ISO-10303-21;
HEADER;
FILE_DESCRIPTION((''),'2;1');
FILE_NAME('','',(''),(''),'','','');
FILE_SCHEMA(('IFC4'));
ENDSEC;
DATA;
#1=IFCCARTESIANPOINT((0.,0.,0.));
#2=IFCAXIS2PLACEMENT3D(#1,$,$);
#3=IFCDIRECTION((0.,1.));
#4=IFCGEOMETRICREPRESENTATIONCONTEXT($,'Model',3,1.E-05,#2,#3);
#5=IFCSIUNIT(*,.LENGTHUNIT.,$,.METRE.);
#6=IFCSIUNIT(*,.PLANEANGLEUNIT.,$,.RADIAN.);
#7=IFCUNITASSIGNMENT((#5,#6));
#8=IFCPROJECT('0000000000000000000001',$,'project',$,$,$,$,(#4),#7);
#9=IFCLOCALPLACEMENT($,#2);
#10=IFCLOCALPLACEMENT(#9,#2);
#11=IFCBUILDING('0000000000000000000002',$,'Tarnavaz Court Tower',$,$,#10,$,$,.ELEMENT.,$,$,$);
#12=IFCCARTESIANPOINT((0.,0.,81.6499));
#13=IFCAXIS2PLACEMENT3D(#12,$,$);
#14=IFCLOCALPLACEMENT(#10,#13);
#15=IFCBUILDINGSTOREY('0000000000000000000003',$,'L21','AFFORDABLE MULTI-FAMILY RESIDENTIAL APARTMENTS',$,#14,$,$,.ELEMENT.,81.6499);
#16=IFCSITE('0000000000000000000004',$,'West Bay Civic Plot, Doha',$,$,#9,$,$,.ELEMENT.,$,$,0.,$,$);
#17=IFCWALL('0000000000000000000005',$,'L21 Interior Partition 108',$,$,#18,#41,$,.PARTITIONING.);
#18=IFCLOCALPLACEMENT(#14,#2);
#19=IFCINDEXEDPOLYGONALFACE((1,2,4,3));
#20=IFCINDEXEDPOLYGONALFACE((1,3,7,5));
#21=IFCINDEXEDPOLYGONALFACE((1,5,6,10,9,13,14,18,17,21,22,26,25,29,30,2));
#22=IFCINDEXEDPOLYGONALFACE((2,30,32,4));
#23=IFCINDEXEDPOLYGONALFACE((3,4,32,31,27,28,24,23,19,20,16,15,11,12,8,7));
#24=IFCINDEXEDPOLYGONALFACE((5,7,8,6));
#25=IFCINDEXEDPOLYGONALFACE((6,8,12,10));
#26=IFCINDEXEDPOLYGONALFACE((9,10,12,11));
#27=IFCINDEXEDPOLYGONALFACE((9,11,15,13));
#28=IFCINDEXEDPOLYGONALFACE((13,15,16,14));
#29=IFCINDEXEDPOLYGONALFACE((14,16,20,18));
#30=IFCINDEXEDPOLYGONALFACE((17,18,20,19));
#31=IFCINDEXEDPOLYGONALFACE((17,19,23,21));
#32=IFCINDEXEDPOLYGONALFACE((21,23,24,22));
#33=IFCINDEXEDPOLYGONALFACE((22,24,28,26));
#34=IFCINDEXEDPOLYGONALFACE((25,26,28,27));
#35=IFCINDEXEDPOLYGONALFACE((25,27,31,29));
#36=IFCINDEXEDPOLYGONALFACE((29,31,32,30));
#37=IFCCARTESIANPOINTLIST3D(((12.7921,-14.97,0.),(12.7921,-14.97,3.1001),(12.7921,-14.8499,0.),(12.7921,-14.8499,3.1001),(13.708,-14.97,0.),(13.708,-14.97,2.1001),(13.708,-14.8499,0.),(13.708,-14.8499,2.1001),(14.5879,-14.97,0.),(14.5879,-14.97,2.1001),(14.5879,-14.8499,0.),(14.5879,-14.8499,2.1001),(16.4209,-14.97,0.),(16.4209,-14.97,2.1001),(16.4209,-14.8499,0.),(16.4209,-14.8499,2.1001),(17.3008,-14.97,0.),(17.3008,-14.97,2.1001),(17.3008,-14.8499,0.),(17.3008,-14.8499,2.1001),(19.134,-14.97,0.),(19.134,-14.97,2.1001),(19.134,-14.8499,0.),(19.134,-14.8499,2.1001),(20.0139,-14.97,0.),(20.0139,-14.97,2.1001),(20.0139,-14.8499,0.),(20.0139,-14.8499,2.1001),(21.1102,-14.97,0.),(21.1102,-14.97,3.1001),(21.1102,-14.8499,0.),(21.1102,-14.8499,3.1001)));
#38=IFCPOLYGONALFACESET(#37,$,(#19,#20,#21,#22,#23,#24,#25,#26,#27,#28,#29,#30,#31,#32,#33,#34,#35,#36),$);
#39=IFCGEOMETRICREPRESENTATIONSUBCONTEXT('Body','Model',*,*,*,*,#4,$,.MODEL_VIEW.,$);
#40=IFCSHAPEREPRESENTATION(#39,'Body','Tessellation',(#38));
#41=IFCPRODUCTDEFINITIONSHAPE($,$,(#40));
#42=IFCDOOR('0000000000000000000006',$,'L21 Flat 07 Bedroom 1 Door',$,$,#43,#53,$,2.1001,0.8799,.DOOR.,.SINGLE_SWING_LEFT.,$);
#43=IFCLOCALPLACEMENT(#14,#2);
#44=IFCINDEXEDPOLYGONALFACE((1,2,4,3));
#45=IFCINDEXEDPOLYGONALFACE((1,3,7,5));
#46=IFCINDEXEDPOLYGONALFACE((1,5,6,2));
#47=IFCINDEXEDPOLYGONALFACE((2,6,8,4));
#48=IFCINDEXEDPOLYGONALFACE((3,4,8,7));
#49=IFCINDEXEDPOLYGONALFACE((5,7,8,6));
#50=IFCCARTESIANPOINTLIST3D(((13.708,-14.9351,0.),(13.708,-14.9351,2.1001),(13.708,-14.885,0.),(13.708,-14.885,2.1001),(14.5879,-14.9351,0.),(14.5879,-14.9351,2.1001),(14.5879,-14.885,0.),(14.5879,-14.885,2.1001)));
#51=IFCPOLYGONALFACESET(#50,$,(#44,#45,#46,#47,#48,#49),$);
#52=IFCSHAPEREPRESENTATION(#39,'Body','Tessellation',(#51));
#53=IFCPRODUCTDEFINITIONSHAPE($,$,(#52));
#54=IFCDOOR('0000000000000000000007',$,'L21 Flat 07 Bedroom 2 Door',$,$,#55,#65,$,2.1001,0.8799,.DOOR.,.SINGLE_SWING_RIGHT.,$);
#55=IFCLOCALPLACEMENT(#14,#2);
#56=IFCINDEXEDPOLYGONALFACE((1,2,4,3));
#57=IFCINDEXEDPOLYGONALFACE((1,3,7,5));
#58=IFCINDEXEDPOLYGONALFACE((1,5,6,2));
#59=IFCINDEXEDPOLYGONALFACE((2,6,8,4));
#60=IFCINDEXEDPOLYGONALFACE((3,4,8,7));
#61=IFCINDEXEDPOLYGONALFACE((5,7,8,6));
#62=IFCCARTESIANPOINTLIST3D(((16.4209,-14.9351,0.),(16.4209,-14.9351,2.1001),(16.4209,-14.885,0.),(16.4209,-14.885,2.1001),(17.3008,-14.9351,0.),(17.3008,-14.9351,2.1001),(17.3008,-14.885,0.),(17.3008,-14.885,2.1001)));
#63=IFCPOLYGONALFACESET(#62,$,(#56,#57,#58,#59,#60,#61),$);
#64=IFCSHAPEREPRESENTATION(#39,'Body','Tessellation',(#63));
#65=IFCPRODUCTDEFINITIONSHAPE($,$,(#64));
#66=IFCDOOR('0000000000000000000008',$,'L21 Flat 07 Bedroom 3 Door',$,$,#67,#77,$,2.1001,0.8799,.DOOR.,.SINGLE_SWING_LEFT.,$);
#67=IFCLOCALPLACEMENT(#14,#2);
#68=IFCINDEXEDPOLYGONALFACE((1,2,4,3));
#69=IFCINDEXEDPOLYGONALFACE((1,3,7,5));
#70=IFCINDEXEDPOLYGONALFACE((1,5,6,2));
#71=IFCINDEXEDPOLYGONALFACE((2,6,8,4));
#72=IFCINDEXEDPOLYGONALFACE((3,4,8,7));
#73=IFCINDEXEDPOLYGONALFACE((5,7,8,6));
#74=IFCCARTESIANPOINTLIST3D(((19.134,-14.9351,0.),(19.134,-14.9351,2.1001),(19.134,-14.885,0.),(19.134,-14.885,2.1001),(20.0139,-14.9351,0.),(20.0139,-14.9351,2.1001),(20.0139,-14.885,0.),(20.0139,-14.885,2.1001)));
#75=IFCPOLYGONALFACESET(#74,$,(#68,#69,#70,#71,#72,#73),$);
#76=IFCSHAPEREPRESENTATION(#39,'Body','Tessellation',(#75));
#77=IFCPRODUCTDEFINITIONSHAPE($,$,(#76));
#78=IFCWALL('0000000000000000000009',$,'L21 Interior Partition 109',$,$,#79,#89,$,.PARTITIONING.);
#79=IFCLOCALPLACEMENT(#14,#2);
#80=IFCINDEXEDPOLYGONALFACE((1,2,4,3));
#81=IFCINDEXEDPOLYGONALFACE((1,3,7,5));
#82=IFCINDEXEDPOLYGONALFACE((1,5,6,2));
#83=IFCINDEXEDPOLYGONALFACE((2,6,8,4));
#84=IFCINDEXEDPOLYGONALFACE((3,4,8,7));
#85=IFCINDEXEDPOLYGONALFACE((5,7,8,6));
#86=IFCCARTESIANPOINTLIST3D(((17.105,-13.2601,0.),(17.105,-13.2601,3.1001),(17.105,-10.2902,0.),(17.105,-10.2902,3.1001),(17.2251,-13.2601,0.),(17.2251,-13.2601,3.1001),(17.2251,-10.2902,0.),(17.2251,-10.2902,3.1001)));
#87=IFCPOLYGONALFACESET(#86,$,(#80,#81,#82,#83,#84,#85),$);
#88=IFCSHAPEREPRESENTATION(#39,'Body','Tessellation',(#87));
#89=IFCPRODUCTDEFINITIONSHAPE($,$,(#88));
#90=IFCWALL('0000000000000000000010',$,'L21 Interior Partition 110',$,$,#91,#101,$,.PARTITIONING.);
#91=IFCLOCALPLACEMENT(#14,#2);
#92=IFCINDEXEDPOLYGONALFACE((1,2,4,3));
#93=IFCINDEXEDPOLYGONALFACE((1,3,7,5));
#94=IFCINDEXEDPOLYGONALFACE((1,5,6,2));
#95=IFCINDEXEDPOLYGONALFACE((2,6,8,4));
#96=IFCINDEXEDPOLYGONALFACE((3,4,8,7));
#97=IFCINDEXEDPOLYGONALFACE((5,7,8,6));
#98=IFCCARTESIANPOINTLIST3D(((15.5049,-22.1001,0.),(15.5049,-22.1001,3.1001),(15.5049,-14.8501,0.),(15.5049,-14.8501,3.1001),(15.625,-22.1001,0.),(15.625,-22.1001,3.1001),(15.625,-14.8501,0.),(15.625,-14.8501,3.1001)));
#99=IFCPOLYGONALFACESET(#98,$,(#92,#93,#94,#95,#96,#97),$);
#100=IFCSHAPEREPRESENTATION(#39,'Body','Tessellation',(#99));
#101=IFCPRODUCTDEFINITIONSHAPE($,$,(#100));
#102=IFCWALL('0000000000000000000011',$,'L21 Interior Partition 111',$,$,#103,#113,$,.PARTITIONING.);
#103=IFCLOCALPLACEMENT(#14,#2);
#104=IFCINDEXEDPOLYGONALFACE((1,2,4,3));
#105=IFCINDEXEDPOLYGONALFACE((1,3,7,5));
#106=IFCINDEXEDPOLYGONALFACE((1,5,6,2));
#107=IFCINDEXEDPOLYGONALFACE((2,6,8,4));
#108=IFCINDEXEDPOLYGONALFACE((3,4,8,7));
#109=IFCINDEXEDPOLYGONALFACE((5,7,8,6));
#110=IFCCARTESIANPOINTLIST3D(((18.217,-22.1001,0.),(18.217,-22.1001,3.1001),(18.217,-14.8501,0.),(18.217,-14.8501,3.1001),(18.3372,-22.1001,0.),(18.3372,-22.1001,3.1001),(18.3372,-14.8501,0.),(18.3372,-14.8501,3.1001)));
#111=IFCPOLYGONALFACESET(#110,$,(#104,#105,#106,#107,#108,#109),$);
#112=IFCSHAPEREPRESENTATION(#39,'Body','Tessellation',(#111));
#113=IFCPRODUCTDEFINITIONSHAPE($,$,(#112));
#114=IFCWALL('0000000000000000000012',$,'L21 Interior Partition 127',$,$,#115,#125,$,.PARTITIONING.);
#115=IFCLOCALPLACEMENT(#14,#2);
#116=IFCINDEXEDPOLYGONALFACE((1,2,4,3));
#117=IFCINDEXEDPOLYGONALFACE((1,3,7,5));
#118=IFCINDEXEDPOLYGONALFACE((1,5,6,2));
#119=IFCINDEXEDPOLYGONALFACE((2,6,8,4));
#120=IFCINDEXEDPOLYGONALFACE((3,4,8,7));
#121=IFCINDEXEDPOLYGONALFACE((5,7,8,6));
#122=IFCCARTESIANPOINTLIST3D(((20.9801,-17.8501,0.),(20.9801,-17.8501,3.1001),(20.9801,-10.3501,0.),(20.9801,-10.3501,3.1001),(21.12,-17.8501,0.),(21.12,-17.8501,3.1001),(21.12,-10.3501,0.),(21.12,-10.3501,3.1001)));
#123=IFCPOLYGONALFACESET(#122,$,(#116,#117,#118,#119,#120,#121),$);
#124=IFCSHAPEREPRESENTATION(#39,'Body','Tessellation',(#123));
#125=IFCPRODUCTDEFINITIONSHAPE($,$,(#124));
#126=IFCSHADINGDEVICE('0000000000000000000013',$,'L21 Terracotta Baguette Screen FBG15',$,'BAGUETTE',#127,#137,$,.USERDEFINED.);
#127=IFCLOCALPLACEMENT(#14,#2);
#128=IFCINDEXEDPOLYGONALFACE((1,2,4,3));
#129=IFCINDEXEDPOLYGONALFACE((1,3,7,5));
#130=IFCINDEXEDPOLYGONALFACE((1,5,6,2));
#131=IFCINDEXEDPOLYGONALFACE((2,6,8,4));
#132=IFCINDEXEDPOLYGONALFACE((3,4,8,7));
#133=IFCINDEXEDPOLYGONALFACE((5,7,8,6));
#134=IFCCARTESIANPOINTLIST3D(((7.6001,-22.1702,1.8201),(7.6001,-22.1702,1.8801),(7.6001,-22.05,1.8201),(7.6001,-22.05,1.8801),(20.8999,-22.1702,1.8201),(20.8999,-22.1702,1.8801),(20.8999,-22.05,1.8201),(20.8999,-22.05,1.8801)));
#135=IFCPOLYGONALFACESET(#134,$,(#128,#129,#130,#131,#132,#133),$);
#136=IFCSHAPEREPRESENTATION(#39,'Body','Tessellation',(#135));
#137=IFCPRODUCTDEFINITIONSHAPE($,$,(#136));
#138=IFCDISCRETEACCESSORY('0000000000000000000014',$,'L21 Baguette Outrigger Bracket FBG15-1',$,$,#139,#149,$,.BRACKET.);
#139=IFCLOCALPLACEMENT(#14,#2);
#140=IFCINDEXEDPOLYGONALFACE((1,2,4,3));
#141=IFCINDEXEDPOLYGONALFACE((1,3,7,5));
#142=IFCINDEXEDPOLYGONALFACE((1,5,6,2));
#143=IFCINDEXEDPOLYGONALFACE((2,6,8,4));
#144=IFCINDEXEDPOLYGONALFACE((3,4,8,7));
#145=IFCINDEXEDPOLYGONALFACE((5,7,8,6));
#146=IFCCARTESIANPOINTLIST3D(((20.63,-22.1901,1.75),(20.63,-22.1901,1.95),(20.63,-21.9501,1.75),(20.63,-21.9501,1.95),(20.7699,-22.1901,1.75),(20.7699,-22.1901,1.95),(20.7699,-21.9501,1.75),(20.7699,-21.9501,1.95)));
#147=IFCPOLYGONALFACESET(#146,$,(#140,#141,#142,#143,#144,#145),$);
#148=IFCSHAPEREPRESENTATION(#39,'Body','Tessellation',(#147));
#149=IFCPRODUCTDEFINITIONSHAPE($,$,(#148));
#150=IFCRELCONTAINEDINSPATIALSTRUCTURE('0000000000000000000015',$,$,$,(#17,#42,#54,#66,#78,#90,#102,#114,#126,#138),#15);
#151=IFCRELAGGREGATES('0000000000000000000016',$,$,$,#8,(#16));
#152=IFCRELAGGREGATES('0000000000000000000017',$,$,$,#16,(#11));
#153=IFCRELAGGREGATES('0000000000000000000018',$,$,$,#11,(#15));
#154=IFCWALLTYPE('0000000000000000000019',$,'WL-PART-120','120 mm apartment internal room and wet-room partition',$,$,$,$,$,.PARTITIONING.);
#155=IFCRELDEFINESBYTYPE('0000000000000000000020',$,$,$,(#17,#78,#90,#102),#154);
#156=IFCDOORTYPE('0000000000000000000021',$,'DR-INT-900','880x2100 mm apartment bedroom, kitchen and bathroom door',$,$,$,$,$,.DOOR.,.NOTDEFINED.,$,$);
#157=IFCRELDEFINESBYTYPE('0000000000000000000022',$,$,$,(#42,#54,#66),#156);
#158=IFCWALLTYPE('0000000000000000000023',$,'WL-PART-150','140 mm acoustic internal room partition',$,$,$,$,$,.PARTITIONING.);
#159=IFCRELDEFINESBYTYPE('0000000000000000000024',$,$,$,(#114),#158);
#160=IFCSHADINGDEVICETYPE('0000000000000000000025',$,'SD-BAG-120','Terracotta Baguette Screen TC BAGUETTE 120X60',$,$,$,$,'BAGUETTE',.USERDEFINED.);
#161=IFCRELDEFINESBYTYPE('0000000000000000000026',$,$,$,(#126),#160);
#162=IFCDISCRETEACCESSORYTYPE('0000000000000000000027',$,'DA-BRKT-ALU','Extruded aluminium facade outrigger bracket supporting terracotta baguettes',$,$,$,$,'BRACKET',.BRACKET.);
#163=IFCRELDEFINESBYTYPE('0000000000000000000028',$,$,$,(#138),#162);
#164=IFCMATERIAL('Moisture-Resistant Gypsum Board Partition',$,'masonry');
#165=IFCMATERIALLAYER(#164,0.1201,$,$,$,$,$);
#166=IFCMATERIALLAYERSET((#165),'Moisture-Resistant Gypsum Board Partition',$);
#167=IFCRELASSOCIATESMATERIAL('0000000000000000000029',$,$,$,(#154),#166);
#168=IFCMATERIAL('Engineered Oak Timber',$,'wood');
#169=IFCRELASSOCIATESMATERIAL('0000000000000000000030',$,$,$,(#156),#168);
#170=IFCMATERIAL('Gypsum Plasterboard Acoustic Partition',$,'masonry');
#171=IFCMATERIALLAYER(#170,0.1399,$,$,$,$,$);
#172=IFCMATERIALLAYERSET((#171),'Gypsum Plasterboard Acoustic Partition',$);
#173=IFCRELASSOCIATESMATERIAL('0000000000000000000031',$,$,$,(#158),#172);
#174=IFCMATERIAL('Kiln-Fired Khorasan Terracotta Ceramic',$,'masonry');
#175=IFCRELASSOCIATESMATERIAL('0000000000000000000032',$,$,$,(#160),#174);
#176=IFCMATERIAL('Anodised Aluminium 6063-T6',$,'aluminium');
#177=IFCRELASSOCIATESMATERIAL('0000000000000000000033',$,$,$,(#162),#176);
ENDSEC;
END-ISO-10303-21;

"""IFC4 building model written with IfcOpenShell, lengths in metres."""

from ifc_helpers import new_model, si_unit, direction, frame, frame_2d, origin, origin_2d, place, context, subcontext, project, spatial, rectangle, extrude, material, layer, layer_set, material_profile, profile_set, type_object, element, fill, save


model = new_model("IFC4")

# Units and contexts
model_context = context("Model", 3, precision=1e-05, world=origin(), true_north=direction((0.0, 1.0)))
body_context = subcontext(model_context, "Body", "Model", "MODEL_VIEW")
ifc_project = project(units=[si_unit("LENGTHUNIT", "METRE"), si_unit("PLANEANGLEUNIT", "RADIAN")], contexts=[model_context])

# Site, building, storey
site_placement = place(None, origin())
site = spatial("IfcSite", under=ifc_project, at=site_placement, Name="West Bay Civic Plot, Doha", CompositionType="ELEMENT", RefElevation=0.0)
building_placement = place(site_placement, origin())
building = spatial("IfcBuilding", under=site, at=building_placement, Name="Tarnavaz Court Tower", CompositionType="ELEMENT")
storey_placement = place(building_placement, frame((0.0, 0.0, 81.6499)))
storey = spatial("IfcBuildingStorey", under=building, at=storey_placement, Name="L21", Description="AFFORDABLE MULTI-FAMILY RESIDENTIAL APARTMENTS", CompositionType="ELEMENT", Elevation=81.6499)

# Shared definitions
ifc_material_1 = material(Name="Moisture-Resistant Gypsum Board Partition", Category="masonry")
ifc_layer_1 = layer(ifc_material_1, 0.1201)
ifc_layer_set_1 = layer_set([ifc_layer_1], Name="Moisture-Resistant Gypsum Board Partition")
wall_type_1 = type_object("IfcWallType", Name="WL-PART-120", Description="120 mm apartment internal room and wet-room partition", PredefinedType="PARTITIONING", material=ifc_layer_set_1)
ifc_material_2 = material(Name="Engineered Oak Timber", Category="wood")
door_type_1 = type_object("IfcDoorType", Name="DR-INT-900", Description="880x2100 mm apartment bedroom, kitchen and bathroom door", OperationType="NOTDEFINED", PredefinedType="DOOR", material=ifc_material_2)

# Wall, openings, doors
wall_1_placement = place(storey_placement, frame((12.792, -14.9099, 0.0), z_axis=(0.0, 0.0, 1.0), x_axis=(1.0, 0.0, 0.0)))
wall_1 = element("IfcWall", 1, at=wall_1_placement, inside=storey, type_object=wall_type_1, Name="L21 Interior Partition 108", PredefinedType="PARTITIONING", context=body_context, shape_type="SweptSolid", body=[
    extrude(rectangle(XDim=8.3181, YDim=0.1201, at=frame_2d((4.1592, 0.0))), origin(), (0.0, 0.0, 1.0), 3.1001),
])
opening_1_placement = place(wall_1_placement, frame((0.916, 0.0, 0.0)))
opening_1 = element("IfcOpeningElement", 2, at=opening_1_placement, cuts=wall_1, PredefinedType="OPENING", context=body_context, shape_type="SweptSolid", body=[
    extrude(rectangle(XDim=0.8799, YDim=2.1001, at=frame_2d((0.4399, 1.05))), frame((0.0, 0.0701, 0.0), z_axis=(0.0, -1.0, 0.0), x_axis=(1.0, 0.0, 0.0)), (0.0, 0.0, 1.0), 0.1401),
])
opening_2_placement = place(wall_1_placement, frame((3.6289, 0.0, 0.0)))
opening_2 = element("IfcOpeningElement", 3, at=opening_2_placement, cuts=wall_1, PredefinedType="OPENING", context=body_context, shape_type="SweptSolid", body=[
    extrude(rectangle(XDim=0.8799, YDim=2.1001, at=frame_2d((0.4399, 1.05))), frame((0.0, 0.0701, 0.0), z_axis=(0.0, -1.0, 0.0), x_axis=(1.0, 0.0, 0.0)), (0.0, 0.0, 1.0), 0.1401),
])
opening_3_placement = place(wall_1_placement, frame((6.342, 0.0, 0.0)))
opening_3 = element("IfcOpeningElement", 4, at=opening_3_placement, cuts=wall_1, PredefinedType="OPENING", context=body_context, shape_type="SweptSolid", body=[
    extrude(rectangle(XDim=0.8799, YDim=2.1001, at=frame_2d((0.4399, 1.05))), frame((0.0, 0.0701, 0.0), z_axis=(0.0, -1.0, 0.0), x_axis=(1.0, 0.0, 0.0)), (0.0, 0.0, 1.0), 0.1401),
])
door_1_placement = place(opening_1_placement, origin())
door_1 = element("IfcDoor", 5, at=door_1_placement, inside=storey, type_object=door_type_1, Name="L21 Flat 07 Bedroom 1 Door", OperationType="SINGLE_SWING_LEFT", OverallHeight=2.1001, OverallWidth=0.8799, PredefinedType="DOOR", context=body_context, shape_type="SweptSolid", body=[
    extrude(rectangle(XDim=0.8799, YDim=2.1001, at=frame_2d((0.4399, 1.05))), frame((0.0, 0.0249, 0.0), z_axis=(0.0, -1.0, 0.0), x_axis=(1.0, 0.0, 0.0)), (0.0, 0.0, 1.0), 0.05),
])
fill(opening_1, door_1)
door_2_placement = place(opening_2_placement, origin())
door_2 = element("IfcDoor", 6, at=door_2_placement, inside=storey, type_object=door_type_1, Name="L21 Flat 07 Bedroom 2 Door", OperationType="SINGLE_SWING_RIGHT", OverallHeight=2.1001, OverallWidth=0.8799, PredefinedType="DOOR", context=body_context, shape_type="SweptSolid", body=[
    extrude(rectangle(XDim=0.8799, YDim=2.1001, at=frame_2d((0.4399, 1.05))), frame((0.0, 0.0249, 0.0), z_axis=(0.0, -1.0, 0.0), x_axis=(1.0, 0.0, 0.0)), (0.0, 0.0, 1.0), 0.05),
])
fill(opening_2, door_2)
door_3_placement = place(opening_3_placement, origin())
door_3 = element("IfcDoor", 7, at=door_3_placement, inside=storey, type_object=door_type_1, Name="L21 Flat 07 Bedroom 3 Door", OperationType="SINGLE_SWING_LEFT", OverallHeight=2.1001, OverallWidth=0.8799, PredefinedType="DOOR", context=body_context, shape_type="SweptSolid", body=[
    extrude(rectangle(XDim=0.8799, YDim=2.1001, at=frame_2d((0.4399, 1.05))), frame((0.0, 0.0249, 0.0), z_axis=(0.0, -1.0, 0.0), x_axis=(1.0, 0.0, 0.0)), (0.0, 0.0, 1.0), 0.05),
])
fill(opening_3, door_3)

# Walls
wall_2_placement = place(storey_placement, frame((17.165, -13.26, 0.0), z_axis=(0.0, 0.0, 1.0), x_axis=(0.0, 1.0, 0.0)))
element("IfcWall", 8, at=wall_2_placement, inside=storey, type_object=wall_type_1, Name="L21 Interior Partition 109", PredefinedType="PARTITIONING", context=body_context, shape_type="SweptSolid", body=[
    extrude(rectangle(XDim=2.97, YDim=0.1201, at=frame_2d((1.4849, 0.0))), origin(), (0.0, 0.0, 1.0), 3.1001),
])
for number, where, z_axis, x_axis, name in (
    (9, (15.5649, -22.1001, 0.0), (0.0, 0.0, 1.0), (0.0, 1.0, 0.0), "L21 Interior Partition 110"),
    (10, (18.2771, -22.1001, 0.0), (0.0, 0.0, 1.0), (0.0, 1.0, 0.0), "L21 Interior Partition 111"),
):
    element("IfcWall", number, at=place(storey_placement, frame(where, z_axis=z_axis, x_axis=x_axis)), inside=storey, type_object=wall_type_1, Name=name, PredefinedType="PARTITIONING", context=body_context, shape_type="SweptSolid", body=[
        extrude(rectangle(XDim=7.25, YDim=0.1201, at=frame_2d((3.625, 0.0))), origin(), (0.0, 0.0, 1.0), 3.1001),
    ])
ifc_material_3 = material(Name="Gypsum Plasterboard Acoustic Partition", Category="masonry")
ifc_layer_2 = layer(ifc_material_3, 0.1399)
ifc_layer_set_2 = layer_set([ifc_layer_2], Name="Gypsum Plasterboard Acoustic Partition")
wall_type_2 = type_object("IfcWallType", Name="WL-PART-150", Description="140 mm acoustic internal room partition", PredefinedType="PARTITIONING", material=ifc_layer_set_2)
wall_3_placement = place(storey_placement, frame((21.05, -17.8501, 0.0), z_axis=(0.0, 0.0, 1.0), x_axis=(0.0, 1.0, 0.0)))
element("IfcWall", 11, at=wall_3_placement, inside=storey, type_object=wall_type_2, Name="L21 Interior Partition 127", PredefinedType="PARTITIONING", context=body_context, shape_type="SweptSolid", body=[
    extrude(rectangle(XDim=7.5, YDim=0.1399, at=frame_2d((3.75, 0.0))), origin(), (0.0, 0.0, 1.0), 3.1001),
])

# Shading device
ifc_material_4 = material(Name="Kiln-Fired Khorasan Terracotta Ceramic", Category="masonry")
ifc_material_profile_1 = material_profile(ifc_material_4, rectangle(XDim=0.1201, YDim=0.0601, at=origin_2d()), Name="TC BAGUETTE 120X60")
ifc_profile_set_1 = profile_set([ifc_material_profile_1], Name="Kiln-Fired Khorasan Terracotta Ceramic")
shading_device_type = type_object("IfcShadingDeviceType", Name="SD-BAG-120", Description="Terracotta Baguette Screen TC BAGUETTE 120X60", ElementType="BAGUETTE", PredefinedType="USERDEFINED", material=ifc_profile_set_1)
shading_device_placement = place(storey_placement, frame((20.8999, -22.1101, 1.8501), z_axis=(-1.0, 0.0, 0.0), x_axis=(0.0, -1.0, 0.0)))
element("IfcShadingDevice", 12, at=shading_device_placement, inside=storey, type_object=shading_device_type, Name="L21 Terracotta Baguette Screen FBG15", ObjectType="BAGUETTE", PredefinedType="USERDEFINED", context=body_context, shape_type="SweptSolid", body=[
    extrude(rectangle(XDim=0.1201, YDim=0.0601, at=origin_2d()), origin(), (0.0, 0.0, 1.0), 13.2998),
])

# Discrete accessory
ifc_material_5 = material(Name="Anodised Aluminium 6063-T6", Category="aluminium")
discrete_accessory_type = type_object("IfcDiscreteAccessoryType", Name="DA-BRKT-ALU", Description="Extruded aluminium facade outrigger bracket supporting terracotta baguettes", ElementType="BRACKET", PredefinedType="BRACKET", material=ifc_material_5)
discrete_accessory_placement = place(storey_placement, frame((20.7, -22.0701, 1.75), z_axis=(0.0, 0.0, 1.0), x_axis=(-1.0, 0.0, 0.0)))
element("IfcDiscreteAccessory", 13, at=discrete_accessory_placement, inside=storey, type_object=discrete_accessory_type, Name="L21 Baguette Outrigger Bracket FBG15-1", PredefinedType="BRACKET", context=body_context, shape_type="SweptSolid", body=[
    extrude(rectangle(XDim=0.1399, YDim=0.24, at=origin_2d()), origin(), (0.0, 0.0, 1.0), 0.2),
])

save(model, "model.ifc")
